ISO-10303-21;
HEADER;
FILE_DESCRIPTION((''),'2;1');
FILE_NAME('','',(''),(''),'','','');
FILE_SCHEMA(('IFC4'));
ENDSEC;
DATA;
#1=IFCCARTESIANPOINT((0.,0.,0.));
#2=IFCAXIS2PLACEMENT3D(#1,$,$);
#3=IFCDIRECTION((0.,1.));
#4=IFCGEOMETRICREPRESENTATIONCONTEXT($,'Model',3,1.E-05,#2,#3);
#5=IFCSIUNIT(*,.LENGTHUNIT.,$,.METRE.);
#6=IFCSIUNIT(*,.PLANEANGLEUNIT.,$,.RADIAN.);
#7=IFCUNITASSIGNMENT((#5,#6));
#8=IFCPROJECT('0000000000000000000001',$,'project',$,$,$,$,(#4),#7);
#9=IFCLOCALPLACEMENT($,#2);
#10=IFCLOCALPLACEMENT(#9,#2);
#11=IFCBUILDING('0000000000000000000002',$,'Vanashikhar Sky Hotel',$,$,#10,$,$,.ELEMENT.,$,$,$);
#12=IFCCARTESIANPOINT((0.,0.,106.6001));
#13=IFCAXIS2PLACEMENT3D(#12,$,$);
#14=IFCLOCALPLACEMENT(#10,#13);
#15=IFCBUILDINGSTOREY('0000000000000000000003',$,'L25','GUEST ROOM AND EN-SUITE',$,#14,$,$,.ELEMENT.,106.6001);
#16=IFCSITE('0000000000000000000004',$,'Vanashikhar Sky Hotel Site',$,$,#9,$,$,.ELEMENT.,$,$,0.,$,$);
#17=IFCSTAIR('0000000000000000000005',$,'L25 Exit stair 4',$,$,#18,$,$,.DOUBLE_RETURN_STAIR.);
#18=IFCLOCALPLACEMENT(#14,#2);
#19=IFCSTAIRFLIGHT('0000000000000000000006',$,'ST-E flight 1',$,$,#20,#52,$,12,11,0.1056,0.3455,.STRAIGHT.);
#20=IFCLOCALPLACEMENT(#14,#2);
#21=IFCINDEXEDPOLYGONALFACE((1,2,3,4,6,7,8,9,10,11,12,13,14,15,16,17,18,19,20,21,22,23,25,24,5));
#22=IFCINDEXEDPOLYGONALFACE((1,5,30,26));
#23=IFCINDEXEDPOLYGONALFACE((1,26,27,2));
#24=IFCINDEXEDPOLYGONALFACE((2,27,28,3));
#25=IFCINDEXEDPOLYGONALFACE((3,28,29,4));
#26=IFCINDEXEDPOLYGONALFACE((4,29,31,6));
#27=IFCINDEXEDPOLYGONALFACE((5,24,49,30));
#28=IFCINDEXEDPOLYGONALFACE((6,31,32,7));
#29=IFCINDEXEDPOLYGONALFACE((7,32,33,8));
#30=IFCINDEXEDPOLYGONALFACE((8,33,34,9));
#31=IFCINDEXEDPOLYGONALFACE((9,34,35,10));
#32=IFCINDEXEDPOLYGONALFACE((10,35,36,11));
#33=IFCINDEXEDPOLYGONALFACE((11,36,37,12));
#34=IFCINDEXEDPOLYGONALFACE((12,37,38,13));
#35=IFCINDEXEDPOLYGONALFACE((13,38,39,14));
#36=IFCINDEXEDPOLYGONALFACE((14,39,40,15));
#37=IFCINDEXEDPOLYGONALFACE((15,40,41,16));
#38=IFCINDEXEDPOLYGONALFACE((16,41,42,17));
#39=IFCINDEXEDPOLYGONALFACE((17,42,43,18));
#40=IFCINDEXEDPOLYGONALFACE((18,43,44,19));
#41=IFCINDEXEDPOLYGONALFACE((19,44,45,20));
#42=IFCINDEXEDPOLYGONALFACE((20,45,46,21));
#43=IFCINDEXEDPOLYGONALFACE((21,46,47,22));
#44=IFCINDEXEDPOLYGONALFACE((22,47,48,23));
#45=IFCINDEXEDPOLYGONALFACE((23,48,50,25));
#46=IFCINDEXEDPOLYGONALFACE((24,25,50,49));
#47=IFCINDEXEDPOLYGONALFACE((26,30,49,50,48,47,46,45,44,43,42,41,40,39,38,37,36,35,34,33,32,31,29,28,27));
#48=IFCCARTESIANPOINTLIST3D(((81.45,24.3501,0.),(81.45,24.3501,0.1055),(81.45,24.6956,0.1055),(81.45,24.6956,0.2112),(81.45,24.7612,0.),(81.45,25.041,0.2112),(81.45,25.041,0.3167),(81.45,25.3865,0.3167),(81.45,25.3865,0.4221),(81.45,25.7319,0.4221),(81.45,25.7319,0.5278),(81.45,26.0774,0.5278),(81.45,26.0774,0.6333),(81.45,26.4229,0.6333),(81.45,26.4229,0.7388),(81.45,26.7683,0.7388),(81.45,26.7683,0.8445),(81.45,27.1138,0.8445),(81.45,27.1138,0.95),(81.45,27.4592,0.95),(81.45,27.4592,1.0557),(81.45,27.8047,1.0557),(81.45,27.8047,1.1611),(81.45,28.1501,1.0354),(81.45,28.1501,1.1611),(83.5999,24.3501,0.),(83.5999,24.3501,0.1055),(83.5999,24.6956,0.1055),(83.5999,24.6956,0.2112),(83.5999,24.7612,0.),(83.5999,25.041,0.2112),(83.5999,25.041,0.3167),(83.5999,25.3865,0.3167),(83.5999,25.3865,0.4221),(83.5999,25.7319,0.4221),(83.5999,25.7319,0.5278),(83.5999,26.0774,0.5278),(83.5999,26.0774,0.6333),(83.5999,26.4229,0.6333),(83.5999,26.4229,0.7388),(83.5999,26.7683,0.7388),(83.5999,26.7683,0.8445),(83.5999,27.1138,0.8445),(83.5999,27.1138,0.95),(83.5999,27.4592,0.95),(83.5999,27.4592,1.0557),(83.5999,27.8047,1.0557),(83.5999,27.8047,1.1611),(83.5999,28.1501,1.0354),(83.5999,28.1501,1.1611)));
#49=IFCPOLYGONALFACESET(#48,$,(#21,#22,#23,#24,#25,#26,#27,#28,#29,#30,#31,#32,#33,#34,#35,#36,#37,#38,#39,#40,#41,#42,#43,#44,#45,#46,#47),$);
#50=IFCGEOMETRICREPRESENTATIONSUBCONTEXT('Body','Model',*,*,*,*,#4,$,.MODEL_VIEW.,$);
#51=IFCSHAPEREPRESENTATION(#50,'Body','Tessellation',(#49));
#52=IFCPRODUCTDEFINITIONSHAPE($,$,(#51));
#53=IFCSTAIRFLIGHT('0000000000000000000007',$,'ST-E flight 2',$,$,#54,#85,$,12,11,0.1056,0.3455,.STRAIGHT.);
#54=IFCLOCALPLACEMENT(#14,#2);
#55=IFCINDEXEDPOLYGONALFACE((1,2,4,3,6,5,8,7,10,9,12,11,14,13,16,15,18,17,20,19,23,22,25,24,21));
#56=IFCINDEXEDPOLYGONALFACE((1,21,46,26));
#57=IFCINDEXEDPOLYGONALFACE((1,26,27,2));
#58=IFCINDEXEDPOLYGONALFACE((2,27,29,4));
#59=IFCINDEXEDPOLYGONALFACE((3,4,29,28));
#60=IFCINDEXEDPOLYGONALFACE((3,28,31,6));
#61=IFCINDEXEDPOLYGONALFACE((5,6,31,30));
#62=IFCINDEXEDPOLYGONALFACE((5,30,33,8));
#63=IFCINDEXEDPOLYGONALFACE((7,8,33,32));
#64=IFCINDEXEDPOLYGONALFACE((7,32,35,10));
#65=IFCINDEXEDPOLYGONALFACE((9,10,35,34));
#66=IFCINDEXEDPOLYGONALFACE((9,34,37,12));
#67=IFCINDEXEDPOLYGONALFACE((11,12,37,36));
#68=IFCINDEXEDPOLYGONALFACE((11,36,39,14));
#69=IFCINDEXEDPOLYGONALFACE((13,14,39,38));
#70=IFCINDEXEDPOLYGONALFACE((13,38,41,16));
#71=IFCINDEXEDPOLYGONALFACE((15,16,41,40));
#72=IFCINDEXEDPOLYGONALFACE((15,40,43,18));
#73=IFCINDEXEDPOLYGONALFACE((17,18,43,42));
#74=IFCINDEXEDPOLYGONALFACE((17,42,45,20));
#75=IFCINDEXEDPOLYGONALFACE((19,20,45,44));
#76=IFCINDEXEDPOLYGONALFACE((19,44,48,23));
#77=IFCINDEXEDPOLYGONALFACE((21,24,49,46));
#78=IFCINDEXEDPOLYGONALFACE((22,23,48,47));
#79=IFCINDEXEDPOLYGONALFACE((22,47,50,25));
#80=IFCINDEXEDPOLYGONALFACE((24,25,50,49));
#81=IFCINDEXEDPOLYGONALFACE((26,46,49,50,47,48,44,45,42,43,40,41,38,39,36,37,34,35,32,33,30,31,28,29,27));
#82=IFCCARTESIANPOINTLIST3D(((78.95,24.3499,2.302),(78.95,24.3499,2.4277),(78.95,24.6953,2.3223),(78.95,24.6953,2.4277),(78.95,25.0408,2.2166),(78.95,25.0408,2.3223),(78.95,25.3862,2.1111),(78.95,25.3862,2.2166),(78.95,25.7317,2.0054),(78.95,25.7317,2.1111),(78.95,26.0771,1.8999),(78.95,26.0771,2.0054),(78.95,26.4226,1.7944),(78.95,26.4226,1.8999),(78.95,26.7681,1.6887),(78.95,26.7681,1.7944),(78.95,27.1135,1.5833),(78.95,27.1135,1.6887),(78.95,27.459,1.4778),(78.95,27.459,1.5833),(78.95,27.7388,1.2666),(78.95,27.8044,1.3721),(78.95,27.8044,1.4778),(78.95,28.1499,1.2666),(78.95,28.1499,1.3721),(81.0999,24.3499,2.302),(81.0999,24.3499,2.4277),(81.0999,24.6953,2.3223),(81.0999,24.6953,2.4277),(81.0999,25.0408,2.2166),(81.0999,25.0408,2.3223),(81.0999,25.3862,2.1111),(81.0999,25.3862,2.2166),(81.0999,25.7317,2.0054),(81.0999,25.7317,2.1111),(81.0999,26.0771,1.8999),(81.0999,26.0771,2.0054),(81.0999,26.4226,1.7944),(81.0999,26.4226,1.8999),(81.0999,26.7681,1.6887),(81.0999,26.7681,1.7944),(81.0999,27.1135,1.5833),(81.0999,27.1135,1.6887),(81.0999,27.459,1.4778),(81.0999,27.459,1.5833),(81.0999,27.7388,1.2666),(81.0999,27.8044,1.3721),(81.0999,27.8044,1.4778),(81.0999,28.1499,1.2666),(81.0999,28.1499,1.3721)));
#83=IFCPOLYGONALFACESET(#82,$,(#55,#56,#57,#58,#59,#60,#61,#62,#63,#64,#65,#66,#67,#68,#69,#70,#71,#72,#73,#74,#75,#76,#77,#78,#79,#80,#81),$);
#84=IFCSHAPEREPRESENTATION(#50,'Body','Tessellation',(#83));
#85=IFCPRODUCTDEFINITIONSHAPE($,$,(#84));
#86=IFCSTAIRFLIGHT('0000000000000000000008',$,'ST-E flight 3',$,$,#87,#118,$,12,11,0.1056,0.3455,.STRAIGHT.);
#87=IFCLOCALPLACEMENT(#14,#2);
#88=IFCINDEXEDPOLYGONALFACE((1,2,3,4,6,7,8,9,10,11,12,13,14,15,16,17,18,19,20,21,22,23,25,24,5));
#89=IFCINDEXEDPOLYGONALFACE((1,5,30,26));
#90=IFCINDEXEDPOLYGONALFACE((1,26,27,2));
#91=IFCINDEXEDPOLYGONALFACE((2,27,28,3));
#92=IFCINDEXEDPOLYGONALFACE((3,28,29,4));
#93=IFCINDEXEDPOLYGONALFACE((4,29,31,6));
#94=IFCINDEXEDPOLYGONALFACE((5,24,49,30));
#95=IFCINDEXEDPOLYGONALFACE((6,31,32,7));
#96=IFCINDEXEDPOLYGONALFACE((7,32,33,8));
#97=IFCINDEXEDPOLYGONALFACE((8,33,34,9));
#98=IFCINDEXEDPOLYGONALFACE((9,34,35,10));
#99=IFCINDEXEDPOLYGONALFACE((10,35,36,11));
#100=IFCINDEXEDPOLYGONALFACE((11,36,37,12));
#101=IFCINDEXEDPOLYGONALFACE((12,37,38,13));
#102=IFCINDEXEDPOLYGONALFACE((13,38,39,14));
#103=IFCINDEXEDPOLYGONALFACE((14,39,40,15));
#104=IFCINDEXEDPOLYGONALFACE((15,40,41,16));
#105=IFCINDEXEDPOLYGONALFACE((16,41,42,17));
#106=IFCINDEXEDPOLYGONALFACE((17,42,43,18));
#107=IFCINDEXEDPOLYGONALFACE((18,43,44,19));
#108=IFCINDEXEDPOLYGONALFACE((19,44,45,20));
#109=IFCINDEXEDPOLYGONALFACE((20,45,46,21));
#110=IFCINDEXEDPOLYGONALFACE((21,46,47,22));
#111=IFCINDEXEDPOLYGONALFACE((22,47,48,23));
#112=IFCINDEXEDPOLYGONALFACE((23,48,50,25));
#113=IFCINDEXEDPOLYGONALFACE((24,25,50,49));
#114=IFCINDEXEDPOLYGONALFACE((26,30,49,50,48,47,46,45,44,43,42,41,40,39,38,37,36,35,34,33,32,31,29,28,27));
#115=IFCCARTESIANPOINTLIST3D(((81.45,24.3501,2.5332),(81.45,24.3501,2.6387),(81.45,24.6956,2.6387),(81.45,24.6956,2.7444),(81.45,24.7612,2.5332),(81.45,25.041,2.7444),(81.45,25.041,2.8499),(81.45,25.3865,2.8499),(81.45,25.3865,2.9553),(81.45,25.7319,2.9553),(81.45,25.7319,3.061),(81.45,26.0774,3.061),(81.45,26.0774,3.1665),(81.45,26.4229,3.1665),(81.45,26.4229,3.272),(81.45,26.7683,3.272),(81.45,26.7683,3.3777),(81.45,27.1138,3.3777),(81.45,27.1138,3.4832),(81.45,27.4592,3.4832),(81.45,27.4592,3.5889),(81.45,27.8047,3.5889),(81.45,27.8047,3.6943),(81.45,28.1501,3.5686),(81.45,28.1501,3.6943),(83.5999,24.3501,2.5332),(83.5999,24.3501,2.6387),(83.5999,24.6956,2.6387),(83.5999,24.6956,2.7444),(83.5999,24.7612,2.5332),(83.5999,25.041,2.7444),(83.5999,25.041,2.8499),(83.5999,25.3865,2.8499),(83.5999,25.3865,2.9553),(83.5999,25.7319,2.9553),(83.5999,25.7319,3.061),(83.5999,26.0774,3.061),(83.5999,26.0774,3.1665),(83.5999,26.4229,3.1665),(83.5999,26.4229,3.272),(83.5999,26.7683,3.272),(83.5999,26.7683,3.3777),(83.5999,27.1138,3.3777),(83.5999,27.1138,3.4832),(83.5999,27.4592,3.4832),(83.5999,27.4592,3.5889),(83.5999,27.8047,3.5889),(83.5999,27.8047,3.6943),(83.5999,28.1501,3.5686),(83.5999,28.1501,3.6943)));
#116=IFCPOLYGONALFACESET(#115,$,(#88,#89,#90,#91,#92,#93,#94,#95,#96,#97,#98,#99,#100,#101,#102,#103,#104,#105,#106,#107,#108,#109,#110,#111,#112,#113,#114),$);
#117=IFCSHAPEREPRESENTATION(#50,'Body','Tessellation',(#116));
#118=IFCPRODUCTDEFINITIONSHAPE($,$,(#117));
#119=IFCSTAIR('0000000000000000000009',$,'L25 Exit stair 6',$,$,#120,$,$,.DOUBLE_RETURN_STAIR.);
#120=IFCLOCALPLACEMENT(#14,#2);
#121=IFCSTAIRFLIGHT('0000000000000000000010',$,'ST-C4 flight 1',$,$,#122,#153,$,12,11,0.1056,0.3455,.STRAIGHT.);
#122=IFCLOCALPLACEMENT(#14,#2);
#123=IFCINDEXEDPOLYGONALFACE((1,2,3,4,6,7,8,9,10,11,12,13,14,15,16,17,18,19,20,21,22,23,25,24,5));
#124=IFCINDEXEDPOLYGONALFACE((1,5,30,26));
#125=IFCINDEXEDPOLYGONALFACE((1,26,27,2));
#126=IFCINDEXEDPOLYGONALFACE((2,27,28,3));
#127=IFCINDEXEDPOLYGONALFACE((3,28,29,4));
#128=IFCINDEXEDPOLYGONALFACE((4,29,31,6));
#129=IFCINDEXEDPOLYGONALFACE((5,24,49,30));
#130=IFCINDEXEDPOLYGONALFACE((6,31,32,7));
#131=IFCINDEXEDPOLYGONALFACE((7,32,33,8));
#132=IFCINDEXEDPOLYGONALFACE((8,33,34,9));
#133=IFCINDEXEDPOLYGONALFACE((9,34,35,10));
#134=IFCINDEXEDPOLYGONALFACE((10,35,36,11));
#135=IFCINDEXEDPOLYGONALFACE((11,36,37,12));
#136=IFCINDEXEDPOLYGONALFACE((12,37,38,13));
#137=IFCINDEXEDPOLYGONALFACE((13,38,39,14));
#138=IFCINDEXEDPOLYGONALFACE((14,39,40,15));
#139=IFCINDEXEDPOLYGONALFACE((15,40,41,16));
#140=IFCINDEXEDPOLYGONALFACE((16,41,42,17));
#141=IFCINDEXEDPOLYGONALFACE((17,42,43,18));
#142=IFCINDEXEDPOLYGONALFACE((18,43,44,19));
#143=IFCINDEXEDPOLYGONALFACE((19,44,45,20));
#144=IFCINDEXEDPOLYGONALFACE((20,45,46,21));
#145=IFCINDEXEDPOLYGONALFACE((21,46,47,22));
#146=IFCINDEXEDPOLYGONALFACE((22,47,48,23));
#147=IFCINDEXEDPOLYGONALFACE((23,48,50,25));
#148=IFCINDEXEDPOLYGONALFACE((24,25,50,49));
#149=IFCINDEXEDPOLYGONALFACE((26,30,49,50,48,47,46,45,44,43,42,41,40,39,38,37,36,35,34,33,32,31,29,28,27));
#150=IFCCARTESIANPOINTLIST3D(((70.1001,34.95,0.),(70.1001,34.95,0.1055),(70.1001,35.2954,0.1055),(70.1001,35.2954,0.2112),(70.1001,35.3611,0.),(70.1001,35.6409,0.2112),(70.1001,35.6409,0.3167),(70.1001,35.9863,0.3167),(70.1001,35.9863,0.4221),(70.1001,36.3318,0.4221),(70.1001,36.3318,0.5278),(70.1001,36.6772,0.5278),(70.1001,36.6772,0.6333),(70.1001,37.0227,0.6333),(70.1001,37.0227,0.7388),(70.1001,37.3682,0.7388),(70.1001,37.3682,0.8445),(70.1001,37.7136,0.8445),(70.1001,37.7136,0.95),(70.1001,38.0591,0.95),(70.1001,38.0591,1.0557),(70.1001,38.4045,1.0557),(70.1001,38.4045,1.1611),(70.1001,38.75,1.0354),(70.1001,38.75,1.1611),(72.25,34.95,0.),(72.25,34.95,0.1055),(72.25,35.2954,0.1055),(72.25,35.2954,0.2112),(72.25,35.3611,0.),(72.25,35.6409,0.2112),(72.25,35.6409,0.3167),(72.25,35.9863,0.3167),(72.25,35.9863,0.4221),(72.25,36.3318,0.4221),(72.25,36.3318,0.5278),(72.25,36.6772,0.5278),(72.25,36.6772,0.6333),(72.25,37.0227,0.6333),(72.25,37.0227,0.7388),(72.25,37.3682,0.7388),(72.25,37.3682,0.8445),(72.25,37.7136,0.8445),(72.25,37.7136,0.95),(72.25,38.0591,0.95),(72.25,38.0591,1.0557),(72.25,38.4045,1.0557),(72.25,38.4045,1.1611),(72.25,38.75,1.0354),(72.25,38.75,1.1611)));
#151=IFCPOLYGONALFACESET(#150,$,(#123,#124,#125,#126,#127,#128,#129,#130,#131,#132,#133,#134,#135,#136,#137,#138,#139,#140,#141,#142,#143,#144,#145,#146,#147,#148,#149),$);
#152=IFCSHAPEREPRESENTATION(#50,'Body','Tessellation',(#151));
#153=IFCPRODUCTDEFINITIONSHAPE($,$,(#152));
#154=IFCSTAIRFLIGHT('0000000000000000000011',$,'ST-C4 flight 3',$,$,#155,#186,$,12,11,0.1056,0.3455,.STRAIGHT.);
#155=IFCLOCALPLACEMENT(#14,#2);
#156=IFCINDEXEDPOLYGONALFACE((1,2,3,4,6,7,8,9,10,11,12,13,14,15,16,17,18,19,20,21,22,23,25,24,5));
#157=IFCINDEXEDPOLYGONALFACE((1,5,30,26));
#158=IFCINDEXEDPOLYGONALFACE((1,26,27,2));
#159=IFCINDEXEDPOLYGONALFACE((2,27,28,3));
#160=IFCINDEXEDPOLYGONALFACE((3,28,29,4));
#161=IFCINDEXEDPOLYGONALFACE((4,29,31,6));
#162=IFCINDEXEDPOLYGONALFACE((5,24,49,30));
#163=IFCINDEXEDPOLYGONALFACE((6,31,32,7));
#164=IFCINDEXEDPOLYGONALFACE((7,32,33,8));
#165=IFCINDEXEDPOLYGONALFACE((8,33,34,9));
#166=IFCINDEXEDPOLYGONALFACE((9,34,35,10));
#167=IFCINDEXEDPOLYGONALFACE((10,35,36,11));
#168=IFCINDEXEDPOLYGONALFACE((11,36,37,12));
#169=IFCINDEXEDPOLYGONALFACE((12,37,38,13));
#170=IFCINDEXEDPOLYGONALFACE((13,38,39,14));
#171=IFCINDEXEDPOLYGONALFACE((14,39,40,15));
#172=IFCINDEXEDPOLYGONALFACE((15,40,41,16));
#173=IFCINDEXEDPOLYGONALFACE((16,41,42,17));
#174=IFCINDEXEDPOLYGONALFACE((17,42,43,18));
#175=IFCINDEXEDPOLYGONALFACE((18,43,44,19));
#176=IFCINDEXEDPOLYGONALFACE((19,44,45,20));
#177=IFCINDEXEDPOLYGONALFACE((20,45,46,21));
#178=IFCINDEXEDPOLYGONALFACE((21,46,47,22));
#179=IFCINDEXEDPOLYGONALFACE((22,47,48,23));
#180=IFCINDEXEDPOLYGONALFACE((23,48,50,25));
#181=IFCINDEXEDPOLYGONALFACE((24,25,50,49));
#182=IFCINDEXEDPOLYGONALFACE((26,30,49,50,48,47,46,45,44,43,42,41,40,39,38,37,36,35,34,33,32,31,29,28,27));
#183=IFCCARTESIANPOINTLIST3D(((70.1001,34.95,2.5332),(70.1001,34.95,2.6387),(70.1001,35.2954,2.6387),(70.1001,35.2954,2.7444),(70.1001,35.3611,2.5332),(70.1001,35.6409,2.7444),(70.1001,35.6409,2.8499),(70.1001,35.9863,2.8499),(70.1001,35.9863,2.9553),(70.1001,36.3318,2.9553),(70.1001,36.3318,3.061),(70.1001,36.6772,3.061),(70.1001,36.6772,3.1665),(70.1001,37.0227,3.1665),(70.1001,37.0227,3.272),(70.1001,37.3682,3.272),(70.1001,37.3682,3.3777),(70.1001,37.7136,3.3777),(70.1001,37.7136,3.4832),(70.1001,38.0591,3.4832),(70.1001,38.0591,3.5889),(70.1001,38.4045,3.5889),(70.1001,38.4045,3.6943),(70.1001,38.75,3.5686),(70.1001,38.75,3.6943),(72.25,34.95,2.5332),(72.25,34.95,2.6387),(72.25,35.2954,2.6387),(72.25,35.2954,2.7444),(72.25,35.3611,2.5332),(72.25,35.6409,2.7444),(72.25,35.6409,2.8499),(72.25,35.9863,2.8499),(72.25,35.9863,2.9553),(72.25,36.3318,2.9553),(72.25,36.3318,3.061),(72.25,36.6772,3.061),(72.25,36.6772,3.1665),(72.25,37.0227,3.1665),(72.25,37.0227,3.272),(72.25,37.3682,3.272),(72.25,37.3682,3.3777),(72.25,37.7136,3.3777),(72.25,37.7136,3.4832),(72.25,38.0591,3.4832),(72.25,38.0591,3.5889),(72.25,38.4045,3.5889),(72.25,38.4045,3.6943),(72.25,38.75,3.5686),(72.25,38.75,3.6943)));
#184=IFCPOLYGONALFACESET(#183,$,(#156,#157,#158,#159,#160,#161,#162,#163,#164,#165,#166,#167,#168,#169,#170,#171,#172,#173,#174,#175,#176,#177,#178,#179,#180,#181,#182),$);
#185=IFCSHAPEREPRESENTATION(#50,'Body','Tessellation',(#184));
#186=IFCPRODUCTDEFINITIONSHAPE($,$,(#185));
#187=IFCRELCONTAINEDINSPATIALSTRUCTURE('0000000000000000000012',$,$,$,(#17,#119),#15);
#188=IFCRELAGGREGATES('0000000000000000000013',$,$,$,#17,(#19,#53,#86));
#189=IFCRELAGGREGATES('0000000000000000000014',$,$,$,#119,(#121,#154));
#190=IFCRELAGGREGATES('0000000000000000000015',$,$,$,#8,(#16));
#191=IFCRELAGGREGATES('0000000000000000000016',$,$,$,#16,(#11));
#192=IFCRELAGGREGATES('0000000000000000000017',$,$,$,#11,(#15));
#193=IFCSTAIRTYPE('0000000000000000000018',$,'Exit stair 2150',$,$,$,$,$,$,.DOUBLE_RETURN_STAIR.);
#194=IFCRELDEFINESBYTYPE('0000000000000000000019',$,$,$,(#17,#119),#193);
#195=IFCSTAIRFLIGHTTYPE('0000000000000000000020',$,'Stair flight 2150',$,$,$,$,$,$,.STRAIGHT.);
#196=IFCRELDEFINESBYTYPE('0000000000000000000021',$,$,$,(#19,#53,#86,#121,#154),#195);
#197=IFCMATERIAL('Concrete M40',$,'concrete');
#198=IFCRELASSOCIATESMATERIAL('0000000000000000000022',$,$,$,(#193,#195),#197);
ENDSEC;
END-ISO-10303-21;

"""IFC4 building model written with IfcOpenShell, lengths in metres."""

from ifc_helpers import new_model, si_unit, direction, frame, origin, place, context, subcontext, project, spatial, polyline, outline, extrude, source, transform, mapped, material, type_object, element, aggregate, save


model = new_model("IFC4")

# Units and contexts
model_context = context("Model", 3, precision=1e-05, world=origin(), true_north=direction((0.0, 1.0)))
body_context = subcontext(model_context, "Body", "Model", "MODEL_VIEW")
ifc_project = project(units=[si_unit("LENGTHUNIT", "METRE"), si_unit("PLANEANGLEUNIT", "RADIAN")], contexts=[model_context])

# Site, building, storey
site_placement = place(None, origin())
site = spatial("IfcSite", under=ifc_project, at=site_placement, Name="Vanashikhar Sky Hotel Site", CompositionType="ELEMENT", RefElevation=0.0)
building_placement = place(site_placement, origin())
building = spatial("IfcBuilding", under=site, at=building_placement, Name="Vanashikhar Sky Hotel", CompositionType="ELEMENT")
storey_placement = place(building_placement, frame((0.0, 0.0, 106.6001)))
storey = spatial("IfcBuildingStorey", under=building, at=storey_placement, Name="L25", Description="GUEST ROOM AND EN-SUITE", CompositionType="ELEMENT", Elevation=106.6001)

# Shared definitions
ifc_material_1 = material(Name="Concrete M40", Category="concrete")

# Stairs, stair flights
stair_type = type_object("IfcStairType", Name="Exit stair 2150", PredefinedType="DOUBLE_RETURN_STAIR", material=ifc_material_1)
stair_flight_type = type_object("IfcStairFlightType", Name="Stair flight 2150", PredefinedType="STRAIGHT", material=ifc_material_1)
shared_shape_1 = source(origin(), body_context, "Body", "SweptSolid", [
    extrude(outline(polyline([(0.0, 0.0), (0.0, 0.1055), (0.3455, 0.1055), (0.3455, 0.2112), (0.6909, 0.2112), (0.6909, 0.3167), (1.0364, 0.3167), (1.0364, 0.4221), (1.3818, 0.4221), (1.3818, 0.5278), (1.7273, 0.5278), (1.7273, 0.6333), (2.0728, 0.6333), (2.0728, 0.7388), (2.4182, 0.7388), (2.4182, 0.8445), (2.7637, 0.8445), (2.7637, 0.95), (3.1091, 0.95), (3.1091, 1.0557), (3.4546, 1.0557), (3.4546, 1.1611), (3.8, 1.1611), (3.8, 1.2666), (3.8, 1.0354), (0.4111, 0.0), (0.0, 0.0)])), frame((0.0, 1.075, 0.0), z_axis=(0.0, -1.0, 0.0), x_axis=(1.0, 0.0, 0.0)), (0.0, 0.0, 1.0), 2.1499),
])
stair_1_placement = place(storey_placement, origin())
stair_1 = element("IfcStair", 1, at=stair_1_placement, inside=storey, type_object=stair_type, Name="L25 Exit stair 4", PredefinedType="DOUBLE_RETURN_STAIR")
stair_flight_1_placement = place(storey_placement, frame((82.5249, 24.3501, 0.0), z_axis=(0.0, 0.0, 1.0), x_axis=(0.0, 1.0, 0.0)))
stair_flight_1 = element("IfcStairFlight", 2, at=stair_flight_1_placement, type_object=stair_flight_type, Name="ST-E flight 1", NumberOfRisers=12, NumberOfTreads=11, PredefinedType="STRAIGHT", RiserHeight=0.1056, TreadLength=0.3455, context=body_context, shape_type="MappedRepresentation", body=[
    mapped(shared_shape_1, transform((0.0, 0.0, 0.0), scale=1.0)),
])
stair_flight_2_placement = place(storey_placement, frame((80.0249, 28.1499, 1.2666), z_axis=(0.0, 0.0, 1.0), x_axis=(0.0, -1.0, 0.0)))
stair_flight_2 = element("IfcStairFlight", 3, at=stair_flight_2_placement, type_object=stair_flight_type, Name="ST-E flight 2", NumberOfRisers=12, NumberOfTreads=11, PredefinedType="STRAIGHT", RiserHeight=0.1056, TreadLength=0.3455, context=body_context, shape_type="MappedRepresentation", body=[
    mapped(shared_shape_1, transform((0.0, 0.0, 0.0), scale=1.0)),
])
stair_flight_3_placement = place(storey_placement, frame((82.5249, 24.3501, 2.5332), z_axis=(0.0, 0.0, 1.0), x_axis=(0.0, 1.0, 0.0)))
stair_flight_3 = element("IfcStairFlight", 4, at=stair_flight_3_placement, type_object=stair_flight_type, Name="ST-E flight 3", NumberOfRisers=12, NumberOfTreads=11, PredefinedType="STRAIGHT", RiserHeight=0.1056, TreadLength=0.3455, context=body_context, shape_type="MappedRepresentation", body=[
    mapped(shared_shape_1, transform((0.0, 0.0, 0.0), scale=1.0)),
])
aggregate(stair_1, [stair_flight_1, stair_flight_2, stair_flight_3])
stair_2_placement = place(storey_placement, origin())
stair_2 = element("IfcStair", 5, at=stair_2_placement, inside=storey, type_object=stair_type, Name="L25 Exit stair 6", PredefinedType="DOUBLE_RETURN_STAIR")
stair_flight_4_placement = place(storey_placement, frame((71.175, 34.95, 0.0), z_axis=(0.0, 0.0, 1.0), x_axis=(0.0, 1.0, 0.0)))
stair_flight_4 = element("IfcStairFlight", 6, at=stair_flight_4_placement, type_object=stair_flight_type, Name="ST-C4 flight 1", NumberOfRisers=12, NumberOfTreads=11, PredefinedType="STRAIGHT", RiserHeight=0.1056, TreadLength=0.3455, context=body_context, shape_type="MappedRepresentation", body=[
    mapped(shared_shape_1, transform((0.0, 0.0, 0.0), scale=1.0)),
])
stair_flight_5_placement = place(storey_placement, frame((71.175, 34.95, 2.5332), z_axis=(0.0, 0.0, 1.0), x_axis=(0.0, 1.0, 0.0)))
stair_flight_5 = element("IfcStairFlight", 7, at=stair_flight_5_placement, type_object=stair_flight_type, Name="ST-C4 flight 3", NumberOfRisers=12, NumberOfTreads=11, PredefinedType="STRAIGHT", RiserHeight=0.1056, TreadLength=0.3455, context=body_context, shape_type="MappedRepresentation", body=[
    mapped(shared_shape_1, transform((0.0, 0.0, 0.0), scale=1.0)),
])
aggregate(stair_2, [stair_flight_4, stair_flight_5])

save(model, "model.ifc")
